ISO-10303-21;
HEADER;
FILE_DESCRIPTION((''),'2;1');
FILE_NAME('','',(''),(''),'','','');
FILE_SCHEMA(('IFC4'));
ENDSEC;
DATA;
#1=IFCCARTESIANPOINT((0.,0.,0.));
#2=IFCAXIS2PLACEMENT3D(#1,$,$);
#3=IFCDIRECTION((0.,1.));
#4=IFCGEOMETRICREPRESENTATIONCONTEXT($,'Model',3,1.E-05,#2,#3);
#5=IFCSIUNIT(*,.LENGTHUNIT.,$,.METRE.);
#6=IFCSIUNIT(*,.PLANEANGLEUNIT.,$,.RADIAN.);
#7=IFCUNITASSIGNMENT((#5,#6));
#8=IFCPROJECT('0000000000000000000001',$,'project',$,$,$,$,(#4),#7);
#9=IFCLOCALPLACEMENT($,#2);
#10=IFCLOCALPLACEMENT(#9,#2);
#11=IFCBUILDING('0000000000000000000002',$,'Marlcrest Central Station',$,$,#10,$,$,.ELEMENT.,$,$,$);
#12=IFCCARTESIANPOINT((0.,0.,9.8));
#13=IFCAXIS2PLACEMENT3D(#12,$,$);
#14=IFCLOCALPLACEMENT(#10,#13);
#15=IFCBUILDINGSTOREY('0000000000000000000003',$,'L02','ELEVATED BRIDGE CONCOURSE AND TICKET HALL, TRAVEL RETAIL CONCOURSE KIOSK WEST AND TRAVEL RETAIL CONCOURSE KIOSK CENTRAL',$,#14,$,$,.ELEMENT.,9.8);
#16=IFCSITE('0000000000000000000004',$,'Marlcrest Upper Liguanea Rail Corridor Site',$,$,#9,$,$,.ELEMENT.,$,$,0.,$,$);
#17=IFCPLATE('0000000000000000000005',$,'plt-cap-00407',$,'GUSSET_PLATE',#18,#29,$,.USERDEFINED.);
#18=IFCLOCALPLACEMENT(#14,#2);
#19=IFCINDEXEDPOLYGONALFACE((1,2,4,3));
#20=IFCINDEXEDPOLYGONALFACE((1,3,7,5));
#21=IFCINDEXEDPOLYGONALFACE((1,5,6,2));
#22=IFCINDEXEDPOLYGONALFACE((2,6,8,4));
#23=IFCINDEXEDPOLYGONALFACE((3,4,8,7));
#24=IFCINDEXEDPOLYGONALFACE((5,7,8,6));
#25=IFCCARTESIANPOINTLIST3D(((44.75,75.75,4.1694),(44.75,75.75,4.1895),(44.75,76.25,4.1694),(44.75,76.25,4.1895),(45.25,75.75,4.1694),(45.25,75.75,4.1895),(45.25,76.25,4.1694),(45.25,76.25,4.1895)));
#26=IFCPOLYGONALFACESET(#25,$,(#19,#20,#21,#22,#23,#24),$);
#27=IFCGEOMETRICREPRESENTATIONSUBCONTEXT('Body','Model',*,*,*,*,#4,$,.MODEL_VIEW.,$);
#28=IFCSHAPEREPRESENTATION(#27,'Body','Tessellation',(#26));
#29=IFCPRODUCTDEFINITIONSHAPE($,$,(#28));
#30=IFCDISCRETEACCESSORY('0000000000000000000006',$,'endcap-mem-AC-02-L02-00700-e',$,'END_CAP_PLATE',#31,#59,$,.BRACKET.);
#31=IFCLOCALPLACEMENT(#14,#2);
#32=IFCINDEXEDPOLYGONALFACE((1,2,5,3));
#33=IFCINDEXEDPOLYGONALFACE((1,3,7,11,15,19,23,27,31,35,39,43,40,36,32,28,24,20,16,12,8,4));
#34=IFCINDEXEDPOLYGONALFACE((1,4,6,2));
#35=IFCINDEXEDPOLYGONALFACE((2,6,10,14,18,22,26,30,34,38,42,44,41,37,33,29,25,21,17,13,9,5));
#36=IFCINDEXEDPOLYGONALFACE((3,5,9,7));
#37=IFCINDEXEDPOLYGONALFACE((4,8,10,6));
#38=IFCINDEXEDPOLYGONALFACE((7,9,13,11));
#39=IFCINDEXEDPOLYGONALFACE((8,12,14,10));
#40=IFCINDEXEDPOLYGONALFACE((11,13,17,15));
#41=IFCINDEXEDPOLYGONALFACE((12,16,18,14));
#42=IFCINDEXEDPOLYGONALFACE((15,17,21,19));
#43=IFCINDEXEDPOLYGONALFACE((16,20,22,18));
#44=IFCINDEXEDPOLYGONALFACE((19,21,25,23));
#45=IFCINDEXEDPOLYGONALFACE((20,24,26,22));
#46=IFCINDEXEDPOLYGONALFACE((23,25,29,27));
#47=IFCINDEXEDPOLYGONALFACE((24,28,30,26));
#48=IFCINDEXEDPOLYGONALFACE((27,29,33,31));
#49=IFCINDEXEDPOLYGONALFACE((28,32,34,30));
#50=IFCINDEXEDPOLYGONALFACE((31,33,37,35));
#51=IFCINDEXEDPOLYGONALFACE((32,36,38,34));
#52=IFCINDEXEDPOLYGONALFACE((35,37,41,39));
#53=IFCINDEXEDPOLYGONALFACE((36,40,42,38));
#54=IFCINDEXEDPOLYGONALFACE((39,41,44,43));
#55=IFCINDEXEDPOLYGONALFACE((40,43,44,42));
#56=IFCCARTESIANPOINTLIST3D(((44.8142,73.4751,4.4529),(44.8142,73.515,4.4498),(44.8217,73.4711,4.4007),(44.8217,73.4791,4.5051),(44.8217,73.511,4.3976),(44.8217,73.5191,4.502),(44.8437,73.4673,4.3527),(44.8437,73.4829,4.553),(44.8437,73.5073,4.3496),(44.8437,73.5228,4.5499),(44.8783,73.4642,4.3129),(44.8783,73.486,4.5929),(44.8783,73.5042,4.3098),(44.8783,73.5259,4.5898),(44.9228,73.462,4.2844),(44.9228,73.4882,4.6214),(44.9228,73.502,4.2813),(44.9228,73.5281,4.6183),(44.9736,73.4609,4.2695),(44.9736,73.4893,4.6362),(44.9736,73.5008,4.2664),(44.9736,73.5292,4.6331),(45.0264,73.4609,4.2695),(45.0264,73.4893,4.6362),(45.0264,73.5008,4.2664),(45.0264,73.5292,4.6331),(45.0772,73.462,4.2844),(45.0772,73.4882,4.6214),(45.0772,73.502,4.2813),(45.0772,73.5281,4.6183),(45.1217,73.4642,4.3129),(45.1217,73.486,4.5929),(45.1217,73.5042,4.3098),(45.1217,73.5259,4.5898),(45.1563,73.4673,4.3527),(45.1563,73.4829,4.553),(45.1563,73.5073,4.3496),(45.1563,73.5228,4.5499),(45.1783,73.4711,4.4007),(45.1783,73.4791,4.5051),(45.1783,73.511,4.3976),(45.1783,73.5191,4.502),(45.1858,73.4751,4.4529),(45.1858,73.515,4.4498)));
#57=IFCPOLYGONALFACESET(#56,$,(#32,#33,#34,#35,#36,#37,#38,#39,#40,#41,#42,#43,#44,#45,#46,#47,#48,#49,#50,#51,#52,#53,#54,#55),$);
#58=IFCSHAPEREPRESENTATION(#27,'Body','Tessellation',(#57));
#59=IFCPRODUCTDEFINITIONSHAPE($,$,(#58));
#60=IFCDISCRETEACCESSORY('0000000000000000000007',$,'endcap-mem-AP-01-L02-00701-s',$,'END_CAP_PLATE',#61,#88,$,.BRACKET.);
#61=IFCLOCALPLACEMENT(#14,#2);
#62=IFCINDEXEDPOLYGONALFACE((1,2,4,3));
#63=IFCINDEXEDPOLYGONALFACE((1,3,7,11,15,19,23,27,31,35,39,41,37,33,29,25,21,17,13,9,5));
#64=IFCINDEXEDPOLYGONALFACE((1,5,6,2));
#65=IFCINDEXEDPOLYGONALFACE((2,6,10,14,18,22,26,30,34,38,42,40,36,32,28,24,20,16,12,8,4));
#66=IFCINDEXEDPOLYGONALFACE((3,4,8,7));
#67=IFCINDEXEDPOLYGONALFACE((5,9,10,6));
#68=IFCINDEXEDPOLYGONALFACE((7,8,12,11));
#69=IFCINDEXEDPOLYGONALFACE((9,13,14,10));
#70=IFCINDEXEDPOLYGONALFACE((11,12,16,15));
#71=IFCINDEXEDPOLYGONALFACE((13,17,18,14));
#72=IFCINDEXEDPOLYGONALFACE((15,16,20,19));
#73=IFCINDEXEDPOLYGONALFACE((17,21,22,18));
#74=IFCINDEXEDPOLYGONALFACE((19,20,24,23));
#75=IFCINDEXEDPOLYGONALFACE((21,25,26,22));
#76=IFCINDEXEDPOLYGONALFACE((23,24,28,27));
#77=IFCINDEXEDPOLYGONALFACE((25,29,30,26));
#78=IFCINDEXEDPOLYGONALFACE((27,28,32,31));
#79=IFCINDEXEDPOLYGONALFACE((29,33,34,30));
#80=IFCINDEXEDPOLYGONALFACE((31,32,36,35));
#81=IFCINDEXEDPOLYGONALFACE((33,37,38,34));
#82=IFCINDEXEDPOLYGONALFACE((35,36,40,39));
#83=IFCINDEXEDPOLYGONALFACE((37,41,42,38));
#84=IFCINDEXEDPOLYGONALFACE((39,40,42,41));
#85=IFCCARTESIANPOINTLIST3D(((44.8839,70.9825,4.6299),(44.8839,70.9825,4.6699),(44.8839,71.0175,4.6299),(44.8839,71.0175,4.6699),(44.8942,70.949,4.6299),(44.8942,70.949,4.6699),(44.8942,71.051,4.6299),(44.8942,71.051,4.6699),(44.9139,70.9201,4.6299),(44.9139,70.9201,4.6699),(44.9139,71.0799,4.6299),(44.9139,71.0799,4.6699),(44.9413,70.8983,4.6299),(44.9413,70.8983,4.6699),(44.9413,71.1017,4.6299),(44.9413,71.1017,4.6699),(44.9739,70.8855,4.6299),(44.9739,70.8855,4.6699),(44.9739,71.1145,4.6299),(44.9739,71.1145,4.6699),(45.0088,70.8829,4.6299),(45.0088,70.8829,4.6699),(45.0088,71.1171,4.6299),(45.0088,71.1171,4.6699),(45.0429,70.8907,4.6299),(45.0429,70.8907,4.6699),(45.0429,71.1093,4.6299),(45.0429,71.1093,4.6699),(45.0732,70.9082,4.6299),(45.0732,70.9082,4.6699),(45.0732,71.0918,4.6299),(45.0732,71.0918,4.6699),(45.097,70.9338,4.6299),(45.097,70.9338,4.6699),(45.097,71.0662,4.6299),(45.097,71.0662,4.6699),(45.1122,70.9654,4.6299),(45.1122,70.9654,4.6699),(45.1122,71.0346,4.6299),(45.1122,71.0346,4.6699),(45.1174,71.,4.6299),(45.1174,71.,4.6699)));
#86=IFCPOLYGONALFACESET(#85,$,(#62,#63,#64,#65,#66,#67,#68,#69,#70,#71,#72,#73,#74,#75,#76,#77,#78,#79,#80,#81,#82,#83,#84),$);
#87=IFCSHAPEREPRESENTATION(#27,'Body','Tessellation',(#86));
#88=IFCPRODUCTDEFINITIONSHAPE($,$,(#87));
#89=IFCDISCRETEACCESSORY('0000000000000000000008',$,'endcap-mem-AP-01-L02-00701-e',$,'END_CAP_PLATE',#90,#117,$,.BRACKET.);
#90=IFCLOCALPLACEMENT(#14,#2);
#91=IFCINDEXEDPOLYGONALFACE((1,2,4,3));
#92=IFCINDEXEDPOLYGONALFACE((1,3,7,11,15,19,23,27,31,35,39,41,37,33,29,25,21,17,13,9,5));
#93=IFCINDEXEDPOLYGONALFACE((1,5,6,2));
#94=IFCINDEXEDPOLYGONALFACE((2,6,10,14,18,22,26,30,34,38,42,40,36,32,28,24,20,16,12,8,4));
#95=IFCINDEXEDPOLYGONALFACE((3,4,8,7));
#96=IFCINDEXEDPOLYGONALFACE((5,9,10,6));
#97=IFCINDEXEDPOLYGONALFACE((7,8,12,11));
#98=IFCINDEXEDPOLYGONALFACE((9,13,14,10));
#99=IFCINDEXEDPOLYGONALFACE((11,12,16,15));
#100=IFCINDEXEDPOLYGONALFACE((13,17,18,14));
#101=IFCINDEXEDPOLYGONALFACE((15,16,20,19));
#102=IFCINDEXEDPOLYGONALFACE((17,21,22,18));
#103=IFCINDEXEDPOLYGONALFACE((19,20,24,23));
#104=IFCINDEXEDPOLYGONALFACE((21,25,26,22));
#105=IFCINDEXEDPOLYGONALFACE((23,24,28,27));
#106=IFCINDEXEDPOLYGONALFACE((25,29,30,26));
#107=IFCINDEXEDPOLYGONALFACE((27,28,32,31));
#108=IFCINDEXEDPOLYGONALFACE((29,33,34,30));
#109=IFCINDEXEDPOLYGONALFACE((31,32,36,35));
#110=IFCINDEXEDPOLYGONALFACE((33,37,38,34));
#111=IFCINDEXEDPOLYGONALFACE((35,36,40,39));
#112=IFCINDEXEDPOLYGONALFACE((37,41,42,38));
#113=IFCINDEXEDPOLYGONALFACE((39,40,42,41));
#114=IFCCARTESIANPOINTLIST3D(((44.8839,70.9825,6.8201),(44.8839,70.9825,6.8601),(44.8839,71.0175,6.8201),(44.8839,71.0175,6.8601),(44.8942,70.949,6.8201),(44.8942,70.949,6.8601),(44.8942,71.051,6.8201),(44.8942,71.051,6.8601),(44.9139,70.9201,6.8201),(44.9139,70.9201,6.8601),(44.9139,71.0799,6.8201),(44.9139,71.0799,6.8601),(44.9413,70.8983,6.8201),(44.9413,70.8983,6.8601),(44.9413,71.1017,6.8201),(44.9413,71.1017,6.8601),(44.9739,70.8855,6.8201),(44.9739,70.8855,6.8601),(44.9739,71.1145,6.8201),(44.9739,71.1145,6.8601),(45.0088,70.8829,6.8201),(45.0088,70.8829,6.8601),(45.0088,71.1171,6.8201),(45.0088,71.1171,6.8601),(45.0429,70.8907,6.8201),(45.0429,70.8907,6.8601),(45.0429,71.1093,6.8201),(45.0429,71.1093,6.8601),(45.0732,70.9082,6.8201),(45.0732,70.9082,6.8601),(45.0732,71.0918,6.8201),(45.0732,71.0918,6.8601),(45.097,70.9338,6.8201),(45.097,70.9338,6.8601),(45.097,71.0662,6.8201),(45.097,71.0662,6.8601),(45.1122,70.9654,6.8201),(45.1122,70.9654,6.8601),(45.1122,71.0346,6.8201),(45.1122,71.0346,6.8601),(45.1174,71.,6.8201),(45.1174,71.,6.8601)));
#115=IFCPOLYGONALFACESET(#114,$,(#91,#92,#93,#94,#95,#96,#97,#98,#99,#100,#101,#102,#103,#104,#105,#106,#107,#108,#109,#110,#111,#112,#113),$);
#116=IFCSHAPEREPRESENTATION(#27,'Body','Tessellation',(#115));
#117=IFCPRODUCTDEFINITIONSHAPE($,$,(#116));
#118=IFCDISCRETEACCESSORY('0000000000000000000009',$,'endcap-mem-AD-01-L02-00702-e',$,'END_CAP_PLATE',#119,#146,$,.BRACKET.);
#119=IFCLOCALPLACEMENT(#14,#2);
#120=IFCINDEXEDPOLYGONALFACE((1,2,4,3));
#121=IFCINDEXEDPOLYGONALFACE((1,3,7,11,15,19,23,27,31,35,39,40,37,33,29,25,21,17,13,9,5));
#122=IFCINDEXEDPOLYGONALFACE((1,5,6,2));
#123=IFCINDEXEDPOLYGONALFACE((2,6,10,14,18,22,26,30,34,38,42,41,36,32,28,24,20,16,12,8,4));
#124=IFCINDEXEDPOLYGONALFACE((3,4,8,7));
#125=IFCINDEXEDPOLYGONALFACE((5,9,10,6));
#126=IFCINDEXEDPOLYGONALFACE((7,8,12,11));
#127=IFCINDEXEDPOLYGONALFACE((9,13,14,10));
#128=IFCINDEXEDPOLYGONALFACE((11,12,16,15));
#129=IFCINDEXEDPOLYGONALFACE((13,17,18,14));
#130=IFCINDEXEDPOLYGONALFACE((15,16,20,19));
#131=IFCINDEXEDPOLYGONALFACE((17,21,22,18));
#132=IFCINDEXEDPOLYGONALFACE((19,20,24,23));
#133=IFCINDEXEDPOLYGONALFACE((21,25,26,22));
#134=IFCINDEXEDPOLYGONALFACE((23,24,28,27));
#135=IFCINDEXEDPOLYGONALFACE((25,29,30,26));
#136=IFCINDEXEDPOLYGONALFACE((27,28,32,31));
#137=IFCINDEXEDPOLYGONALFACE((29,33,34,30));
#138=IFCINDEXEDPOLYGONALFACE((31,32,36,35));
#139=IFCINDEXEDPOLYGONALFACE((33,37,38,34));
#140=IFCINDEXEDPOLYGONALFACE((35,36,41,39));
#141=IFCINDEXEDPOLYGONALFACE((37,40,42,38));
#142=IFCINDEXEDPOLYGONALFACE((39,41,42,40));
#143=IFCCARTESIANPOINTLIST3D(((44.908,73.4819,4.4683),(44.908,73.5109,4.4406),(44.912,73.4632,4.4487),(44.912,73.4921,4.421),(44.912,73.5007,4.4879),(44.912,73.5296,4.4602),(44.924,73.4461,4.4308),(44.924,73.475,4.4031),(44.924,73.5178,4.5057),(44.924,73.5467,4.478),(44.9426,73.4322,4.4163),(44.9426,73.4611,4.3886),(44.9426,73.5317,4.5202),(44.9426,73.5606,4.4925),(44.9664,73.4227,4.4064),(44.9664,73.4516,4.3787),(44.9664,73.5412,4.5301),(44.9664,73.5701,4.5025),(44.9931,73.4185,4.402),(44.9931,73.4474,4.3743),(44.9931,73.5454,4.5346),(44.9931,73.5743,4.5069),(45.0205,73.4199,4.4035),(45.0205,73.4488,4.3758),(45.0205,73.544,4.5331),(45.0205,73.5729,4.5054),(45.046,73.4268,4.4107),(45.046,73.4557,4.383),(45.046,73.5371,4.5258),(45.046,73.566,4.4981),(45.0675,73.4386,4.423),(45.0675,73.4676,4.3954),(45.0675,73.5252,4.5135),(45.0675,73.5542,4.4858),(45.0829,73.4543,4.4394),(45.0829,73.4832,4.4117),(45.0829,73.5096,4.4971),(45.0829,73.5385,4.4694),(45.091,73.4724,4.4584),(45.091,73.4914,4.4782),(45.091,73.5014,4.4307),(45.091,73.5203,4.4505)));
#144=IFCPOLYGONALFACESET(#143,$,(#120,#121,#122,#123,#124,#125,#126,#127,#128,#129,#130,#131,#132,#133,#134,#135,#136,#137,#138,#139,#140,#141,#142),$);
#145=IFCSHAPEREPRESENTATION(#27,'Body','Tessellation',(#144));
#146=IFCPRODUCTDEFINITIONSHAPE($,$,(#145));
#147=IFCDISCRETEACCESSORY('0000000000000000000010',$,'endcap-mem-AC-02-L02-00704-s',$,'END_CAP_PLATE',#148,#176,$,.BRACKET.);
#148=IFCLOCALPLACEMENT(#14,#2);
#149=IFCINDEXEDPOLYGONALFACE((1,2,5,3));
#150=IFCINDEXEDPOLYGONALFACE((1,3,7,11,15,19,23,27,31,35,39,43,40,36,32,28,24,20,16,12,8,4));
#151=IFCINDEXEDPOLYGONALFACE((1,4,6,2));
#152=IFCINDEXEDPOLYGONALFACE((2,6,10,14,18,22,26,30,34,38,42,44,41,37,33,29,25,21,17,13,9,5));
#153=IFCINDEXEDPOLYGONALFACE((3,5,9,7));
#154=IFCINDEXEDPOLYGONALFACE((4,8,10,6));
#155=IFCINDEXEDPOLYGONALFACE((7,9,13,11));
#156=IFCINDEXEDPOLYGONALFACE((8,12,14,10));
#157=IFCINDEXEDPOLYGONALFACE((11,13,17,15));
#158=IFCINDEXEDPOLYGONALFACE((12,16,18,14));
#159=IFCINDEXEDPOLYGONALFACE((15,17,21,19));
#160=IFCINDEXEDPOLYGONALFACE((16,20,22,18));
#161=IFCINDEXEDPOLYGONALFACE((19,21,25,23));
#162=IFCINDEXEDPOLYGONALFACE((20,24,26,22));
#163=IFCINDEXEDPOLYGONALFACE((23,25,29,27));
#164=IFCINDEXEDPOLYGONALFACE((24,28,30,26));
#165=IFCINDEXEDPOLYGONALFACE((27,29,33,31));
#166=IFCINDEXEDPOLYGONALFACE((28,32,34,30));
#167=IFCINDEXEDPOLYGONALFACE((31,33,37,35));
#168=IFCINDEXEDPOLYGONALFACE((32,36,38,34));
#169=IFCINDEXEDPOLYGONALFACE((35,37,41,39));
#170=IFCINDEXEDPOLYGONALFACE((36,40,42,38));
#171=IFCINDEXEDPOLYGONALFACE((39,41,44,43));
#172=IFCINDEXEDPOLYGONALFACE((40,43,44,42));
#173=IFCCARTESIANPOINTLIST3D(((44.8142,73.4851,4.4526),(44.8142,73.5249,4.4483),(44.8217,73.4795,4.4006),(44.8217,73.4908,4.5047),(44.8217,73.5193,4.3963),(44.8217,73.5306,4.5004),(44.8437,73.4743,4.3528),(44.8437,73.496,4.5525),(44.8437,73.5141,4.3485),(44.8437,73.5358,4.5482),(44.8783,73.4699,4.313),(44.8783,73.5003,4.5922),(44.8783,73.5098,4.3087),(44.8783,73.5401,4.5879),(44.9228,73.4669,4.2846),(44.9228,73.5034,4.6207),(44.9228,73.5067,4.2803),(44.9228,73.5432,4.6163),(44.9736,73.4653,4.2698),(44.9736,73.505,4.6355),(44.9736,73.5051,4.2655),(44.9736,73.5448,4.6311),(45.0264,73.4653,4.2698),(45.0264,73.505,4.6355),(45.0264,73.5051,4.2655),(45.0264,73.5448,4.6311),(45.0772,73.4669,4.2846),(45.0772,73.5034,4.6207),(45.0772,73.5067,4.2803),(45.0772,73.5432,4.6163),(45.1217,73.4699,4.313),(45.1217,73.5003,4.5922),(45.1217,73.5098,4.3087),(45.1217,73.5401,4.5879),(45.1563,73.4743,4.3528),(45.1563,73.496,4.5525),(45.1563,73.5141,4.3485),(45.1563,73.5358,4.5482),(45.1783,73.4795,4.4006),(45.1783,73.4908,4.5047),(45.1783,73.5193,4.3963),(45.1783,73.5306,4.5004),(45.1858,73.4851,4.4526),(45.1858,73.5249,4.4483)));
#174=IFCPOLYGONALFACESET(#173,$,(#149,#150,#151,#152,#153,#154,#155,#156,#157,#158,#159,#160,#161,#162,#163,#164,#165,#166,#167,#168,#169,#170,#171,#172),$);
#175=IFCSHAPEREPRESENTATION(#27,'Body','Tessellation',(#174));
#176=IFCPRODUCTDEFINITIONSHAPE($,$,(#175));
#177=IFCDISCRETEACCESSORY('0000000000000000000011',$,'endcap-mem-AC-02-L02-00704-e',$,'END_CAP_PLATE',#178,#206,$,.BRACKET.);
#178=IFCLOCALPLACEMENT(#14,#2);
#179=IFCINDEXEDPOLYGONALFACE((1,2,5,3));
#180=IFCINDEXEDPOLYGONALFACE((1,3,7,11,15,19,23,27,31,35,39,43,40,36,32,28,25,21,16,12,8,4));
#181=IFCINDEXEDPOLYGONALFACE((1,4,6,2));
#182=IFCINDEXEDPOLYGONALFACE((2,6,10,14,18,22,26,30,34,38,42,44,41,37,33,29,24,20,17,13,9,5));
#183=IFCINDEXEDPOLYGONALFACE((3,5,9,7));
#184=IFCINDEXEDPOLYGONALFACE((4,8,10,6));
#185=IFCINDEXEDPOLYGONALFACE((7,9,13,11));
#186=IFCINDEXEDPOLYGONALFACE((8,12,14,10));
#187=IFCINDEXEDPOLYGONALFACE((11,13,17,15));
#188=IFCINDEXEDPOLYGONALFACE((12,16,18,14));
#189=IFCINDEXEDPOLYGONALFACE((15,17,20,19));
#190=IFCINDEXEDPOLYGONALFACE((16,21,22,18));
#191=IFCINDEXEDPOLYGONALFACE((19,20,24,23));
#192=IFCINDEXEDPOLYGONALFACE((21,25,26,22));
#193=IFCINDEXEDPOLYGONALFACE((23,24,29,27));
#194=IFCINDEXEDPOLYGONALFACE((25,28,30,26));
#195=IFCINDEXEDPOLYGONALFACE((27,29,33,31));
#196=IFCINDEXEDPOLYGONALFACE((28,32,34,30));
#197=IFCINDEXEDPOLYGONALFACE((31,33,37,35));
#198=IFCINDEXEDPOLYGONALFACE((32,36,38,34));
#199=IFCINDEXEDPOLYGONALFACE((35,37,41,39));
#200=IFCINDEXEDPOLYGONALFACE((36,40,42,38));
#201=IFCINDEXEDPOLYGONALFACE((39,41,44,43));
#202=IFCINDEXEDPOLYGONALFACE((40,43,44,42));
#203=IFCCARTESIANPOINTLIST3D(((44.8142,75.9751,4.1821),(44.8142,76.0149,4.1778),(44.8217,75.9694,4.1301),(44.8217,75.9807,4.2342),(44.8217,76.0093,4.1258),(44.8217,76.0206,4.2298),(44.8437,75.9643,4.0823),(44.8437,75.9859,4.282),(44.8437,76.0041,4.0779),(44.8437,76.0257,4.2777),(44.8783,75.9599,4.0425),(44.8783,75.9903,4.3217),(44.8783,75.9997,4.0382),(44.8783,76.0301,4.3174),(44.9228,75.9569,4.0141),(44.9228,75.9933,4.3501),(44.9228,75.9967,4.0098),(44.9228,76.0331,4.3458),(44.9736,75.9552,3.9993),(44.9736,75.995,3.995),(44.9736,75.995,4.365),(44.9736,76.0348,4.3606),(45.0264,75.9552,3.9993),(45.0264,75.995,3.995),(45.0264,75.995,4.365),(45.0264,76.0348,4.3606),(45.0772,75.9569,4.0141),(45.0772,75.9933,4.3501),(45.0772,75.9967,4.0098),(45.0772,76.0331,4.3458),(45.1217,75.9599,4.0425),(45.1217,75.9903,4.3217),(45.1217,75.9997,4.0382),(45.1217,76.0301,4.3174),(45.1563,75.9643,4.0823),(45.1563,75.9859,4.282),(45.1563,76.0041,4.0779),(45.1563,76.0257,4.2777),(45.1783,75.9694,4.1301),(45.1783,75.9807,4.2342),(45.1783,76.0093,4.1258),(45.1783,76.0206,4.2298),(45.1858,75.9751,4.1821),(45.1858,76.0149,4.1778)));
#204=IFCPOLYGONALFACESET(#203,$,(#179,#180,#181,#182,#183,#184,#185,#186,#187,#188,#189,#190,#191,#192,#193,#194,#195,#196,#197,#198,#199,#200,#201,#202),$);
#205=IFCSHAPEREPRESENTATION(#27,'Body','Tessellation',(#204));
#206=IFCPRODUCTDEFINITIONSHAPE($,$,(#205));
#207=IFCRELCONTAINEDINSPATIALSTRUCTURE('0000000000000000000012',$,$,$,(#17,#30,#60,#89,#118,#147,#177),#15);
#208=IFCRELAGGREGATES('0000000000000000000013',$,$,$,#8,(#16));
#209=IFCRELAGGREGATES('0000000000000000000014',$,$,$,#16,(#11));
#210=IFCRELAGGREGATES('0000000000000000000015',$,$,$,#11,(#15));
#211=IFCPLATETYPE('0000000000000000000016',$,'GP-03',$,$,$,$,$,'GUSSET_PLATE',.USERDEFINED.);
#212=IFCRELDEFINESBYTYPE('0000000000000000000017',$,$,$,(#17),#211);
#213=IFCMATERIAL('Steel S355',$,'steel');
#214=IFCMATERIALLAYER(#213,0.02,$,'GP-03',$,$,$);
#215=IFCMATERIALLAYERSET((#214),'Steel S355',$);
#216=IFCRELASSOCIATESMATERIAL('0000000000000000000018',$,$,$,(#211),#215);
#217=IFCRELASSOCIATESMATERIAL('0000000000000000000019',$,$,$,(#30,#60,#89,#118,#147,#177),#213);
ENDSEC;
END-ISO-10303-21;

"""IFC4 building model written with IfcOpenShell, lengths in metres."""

from ifc_helpers import new_model, si_unit, direction, frame, origin, origin_2d, place, context, subcontext, project, spatial, rectangle, circle, extrude, material, layer, layer_set, type_object, element, save


model = new_model("IFC4")

# Units and contexts
model_context = context("Model", 3, precision=1e-05, world=origin(), true_north=direction((0.0, 1.0)))
body_context = subcontext(model_context, "Body", "Model", "MODEL_VIEW")
ifc_project = project(units=[si_unit("LENGTHUNIT", "METRE"), si_unit("PLANEANGLEUNIT", "RADIAN")], contexts=[model_context])

# Site, building, storey
site_placement = place(None, origin())
site = spatial("IfcSite", under=ifc_project, at=site_placement, Name="Marlcrest Upper Liguanea Rail Corridor Site", CompositionType="ELEMENT", RefElevation=0.0)
building_placement = place(site_placement, origin())
building = spatial("IfcBuilding", under=site, at=building_placement, Name="Marlcrest Central Station", CompositionType="ELEMENT")
storey_placement = place(building_placement, frame((0.0, 0.0, 9.8)))
storey = spatial("IfcBuildingStorey", under=building, at=storey_placement, Name="L02", Description="ELEVATED BRIDGE CONCOURSE AND TICKET HALL, TRAVEL RETAIL CONCOURSE KIOSK WEST AND TRAVEL RETAIL CONCOURSE KIOSK CENTRAL", CompositionType="ELEMENT", Elevation=9.8)

# Shared definitions
ifc_material = material(Name="Steel S355", Category="steel")

# Plate
ifc_layer = layer(ifc_material, 0.02, Name="GP-03")
ifc_layer_set = layer_set([ifc_layer], Name="Steel S355")
plate_type = type_object("IfcPlateType", Name="GP-03", ElementType="GUSSET_PLATE", PredefinedType="USERDEFINED", material=ifc_layer_set)
for number, where, z_axis, x_axis, name in (
    (1, (45.0, 76.0, 4.1694), (0.0, 0.0, 1.0), (1.0, 0.0, 0.0), "plt-cap-00407"),
):
    element("IfcPlate", number, at=place(storey_placement, frame(where, z_axis=z_axis, x_axis=x_axis)), inside=storey, type_object=plate_type, Name=name, ObjectType="GUSSET_PLATE", PredefinedType="USERDEFINED", context=body_context, shape_type="SweptSolid", body=[
        extrude(rectangle(XDim=0.5, YDim=0.5, at=origin_2d()), origin(), (0.0, 0.0, 1.0), 0.02),
    ])

# Discrete accessories
discrete_accessory_1_placement = place(storey_placement, frame((45.0, 73.4751, 4.4529), z_axis=(0.0, 0.997007, -0.077307), x_axis=(-1.0, 0.0, 0.0)))
element("IfcDiscreteAccessory", 2, at=discrete_accessory_1_placement, inside=storey, material=ifc_material, Name="endcap-mem-AC-02-L02-00700-e", ObjectType="END_CAP_PLATE", PredefinedType="BRACKET", context=body_context, shape_type="SweptSolid", body=[
    extrude(circle(Radius=0.1858, at=origin_2d()), origin(), (0.0, 0.0, 1.0), 0.04),
])
for number, where, z_axis, x_axis, name in (
    (3, (45.0, 71.0, 4.6299), (0.0, 0.0, 1.0), (1.0, 0.0, 0.0), "endcap-mem-AP-01-L02-00701-s"),
    (4, (45.0, 71.0, 6.8201), (0.0, 0.0, 1.0), (1.0, 0.0, 0.0), "endcap-mem-AP-01-L02-00701-e"),
):
    element("IfcDiscreteAccessory", number, at=place(storey_placement, frame(where, z_axis=z_axis, x_axis=x_axis)), inside=storey, material=ifc_material, Name=name, ObjectType="END_CAP_PLATE", PredefinedType="BRACKET", context=body_context, shape_type="SweptSolid", body=[
        extrude(circle(Radius=0.1174, at=origin_2d()), origin(), (0.0, 0.0, 1.0), 0.04),
    ])
discrete_accessory_2_placement = place(storey_placement, frame((45.0, 73.4819, 4.4683), z_axis=(0.0, 0.722247, -0.691636), x_axis=(-1.0, 0.0, 0.0)))
element("IfcDiscreteAccessory", 5, at=discrete_accessory_2_placement, inside=storey, material=ifc_material, Name="endcap-mem-AD-01-L02-00702-e", ObjectType="END_CAP_PLATE", PredefinedType="BRACKET", context=body_context, shape_type="SweptSolid", body=[
    extrude(circle(Radius=0.092, at=origin_2d()), origin(), (0.0, 0.0, 1.0), 0.04),
])
for number, where, z_axis, x_axis, name in (
    (6, (45.0, 73.4851, 4.4526), (0.0, 0.994155, -0.107959), (-1.0, 0.0, 0.0), "endcap-mem-AC-02-L02-00704-s"),
    (7, (45.0, 75.9751, 4.1821), (0.0, 0.994155, -0.107959), (-1.0, 0.0, 0.0), "endcap-mem-AC-02-L02-00704-e"),
):
    element("IfcDiscreteAccessory", number, at=place(storey_placement, frame(where, z_axis=z_axis, x_axis=x_axis)), inside=storey, material=ifc_material, Name=name, ObjectType="END_CAP_PLATE", PredefinedType="BRACKET", context=body_context, shape_type="SweptSolid", body=[
        extrude(circle(Radius=0.1858, at=origin_2d()), origin(), (0.0, 0.0, 1.0), 0.04),
    ])

save(model, "model.ifc")
